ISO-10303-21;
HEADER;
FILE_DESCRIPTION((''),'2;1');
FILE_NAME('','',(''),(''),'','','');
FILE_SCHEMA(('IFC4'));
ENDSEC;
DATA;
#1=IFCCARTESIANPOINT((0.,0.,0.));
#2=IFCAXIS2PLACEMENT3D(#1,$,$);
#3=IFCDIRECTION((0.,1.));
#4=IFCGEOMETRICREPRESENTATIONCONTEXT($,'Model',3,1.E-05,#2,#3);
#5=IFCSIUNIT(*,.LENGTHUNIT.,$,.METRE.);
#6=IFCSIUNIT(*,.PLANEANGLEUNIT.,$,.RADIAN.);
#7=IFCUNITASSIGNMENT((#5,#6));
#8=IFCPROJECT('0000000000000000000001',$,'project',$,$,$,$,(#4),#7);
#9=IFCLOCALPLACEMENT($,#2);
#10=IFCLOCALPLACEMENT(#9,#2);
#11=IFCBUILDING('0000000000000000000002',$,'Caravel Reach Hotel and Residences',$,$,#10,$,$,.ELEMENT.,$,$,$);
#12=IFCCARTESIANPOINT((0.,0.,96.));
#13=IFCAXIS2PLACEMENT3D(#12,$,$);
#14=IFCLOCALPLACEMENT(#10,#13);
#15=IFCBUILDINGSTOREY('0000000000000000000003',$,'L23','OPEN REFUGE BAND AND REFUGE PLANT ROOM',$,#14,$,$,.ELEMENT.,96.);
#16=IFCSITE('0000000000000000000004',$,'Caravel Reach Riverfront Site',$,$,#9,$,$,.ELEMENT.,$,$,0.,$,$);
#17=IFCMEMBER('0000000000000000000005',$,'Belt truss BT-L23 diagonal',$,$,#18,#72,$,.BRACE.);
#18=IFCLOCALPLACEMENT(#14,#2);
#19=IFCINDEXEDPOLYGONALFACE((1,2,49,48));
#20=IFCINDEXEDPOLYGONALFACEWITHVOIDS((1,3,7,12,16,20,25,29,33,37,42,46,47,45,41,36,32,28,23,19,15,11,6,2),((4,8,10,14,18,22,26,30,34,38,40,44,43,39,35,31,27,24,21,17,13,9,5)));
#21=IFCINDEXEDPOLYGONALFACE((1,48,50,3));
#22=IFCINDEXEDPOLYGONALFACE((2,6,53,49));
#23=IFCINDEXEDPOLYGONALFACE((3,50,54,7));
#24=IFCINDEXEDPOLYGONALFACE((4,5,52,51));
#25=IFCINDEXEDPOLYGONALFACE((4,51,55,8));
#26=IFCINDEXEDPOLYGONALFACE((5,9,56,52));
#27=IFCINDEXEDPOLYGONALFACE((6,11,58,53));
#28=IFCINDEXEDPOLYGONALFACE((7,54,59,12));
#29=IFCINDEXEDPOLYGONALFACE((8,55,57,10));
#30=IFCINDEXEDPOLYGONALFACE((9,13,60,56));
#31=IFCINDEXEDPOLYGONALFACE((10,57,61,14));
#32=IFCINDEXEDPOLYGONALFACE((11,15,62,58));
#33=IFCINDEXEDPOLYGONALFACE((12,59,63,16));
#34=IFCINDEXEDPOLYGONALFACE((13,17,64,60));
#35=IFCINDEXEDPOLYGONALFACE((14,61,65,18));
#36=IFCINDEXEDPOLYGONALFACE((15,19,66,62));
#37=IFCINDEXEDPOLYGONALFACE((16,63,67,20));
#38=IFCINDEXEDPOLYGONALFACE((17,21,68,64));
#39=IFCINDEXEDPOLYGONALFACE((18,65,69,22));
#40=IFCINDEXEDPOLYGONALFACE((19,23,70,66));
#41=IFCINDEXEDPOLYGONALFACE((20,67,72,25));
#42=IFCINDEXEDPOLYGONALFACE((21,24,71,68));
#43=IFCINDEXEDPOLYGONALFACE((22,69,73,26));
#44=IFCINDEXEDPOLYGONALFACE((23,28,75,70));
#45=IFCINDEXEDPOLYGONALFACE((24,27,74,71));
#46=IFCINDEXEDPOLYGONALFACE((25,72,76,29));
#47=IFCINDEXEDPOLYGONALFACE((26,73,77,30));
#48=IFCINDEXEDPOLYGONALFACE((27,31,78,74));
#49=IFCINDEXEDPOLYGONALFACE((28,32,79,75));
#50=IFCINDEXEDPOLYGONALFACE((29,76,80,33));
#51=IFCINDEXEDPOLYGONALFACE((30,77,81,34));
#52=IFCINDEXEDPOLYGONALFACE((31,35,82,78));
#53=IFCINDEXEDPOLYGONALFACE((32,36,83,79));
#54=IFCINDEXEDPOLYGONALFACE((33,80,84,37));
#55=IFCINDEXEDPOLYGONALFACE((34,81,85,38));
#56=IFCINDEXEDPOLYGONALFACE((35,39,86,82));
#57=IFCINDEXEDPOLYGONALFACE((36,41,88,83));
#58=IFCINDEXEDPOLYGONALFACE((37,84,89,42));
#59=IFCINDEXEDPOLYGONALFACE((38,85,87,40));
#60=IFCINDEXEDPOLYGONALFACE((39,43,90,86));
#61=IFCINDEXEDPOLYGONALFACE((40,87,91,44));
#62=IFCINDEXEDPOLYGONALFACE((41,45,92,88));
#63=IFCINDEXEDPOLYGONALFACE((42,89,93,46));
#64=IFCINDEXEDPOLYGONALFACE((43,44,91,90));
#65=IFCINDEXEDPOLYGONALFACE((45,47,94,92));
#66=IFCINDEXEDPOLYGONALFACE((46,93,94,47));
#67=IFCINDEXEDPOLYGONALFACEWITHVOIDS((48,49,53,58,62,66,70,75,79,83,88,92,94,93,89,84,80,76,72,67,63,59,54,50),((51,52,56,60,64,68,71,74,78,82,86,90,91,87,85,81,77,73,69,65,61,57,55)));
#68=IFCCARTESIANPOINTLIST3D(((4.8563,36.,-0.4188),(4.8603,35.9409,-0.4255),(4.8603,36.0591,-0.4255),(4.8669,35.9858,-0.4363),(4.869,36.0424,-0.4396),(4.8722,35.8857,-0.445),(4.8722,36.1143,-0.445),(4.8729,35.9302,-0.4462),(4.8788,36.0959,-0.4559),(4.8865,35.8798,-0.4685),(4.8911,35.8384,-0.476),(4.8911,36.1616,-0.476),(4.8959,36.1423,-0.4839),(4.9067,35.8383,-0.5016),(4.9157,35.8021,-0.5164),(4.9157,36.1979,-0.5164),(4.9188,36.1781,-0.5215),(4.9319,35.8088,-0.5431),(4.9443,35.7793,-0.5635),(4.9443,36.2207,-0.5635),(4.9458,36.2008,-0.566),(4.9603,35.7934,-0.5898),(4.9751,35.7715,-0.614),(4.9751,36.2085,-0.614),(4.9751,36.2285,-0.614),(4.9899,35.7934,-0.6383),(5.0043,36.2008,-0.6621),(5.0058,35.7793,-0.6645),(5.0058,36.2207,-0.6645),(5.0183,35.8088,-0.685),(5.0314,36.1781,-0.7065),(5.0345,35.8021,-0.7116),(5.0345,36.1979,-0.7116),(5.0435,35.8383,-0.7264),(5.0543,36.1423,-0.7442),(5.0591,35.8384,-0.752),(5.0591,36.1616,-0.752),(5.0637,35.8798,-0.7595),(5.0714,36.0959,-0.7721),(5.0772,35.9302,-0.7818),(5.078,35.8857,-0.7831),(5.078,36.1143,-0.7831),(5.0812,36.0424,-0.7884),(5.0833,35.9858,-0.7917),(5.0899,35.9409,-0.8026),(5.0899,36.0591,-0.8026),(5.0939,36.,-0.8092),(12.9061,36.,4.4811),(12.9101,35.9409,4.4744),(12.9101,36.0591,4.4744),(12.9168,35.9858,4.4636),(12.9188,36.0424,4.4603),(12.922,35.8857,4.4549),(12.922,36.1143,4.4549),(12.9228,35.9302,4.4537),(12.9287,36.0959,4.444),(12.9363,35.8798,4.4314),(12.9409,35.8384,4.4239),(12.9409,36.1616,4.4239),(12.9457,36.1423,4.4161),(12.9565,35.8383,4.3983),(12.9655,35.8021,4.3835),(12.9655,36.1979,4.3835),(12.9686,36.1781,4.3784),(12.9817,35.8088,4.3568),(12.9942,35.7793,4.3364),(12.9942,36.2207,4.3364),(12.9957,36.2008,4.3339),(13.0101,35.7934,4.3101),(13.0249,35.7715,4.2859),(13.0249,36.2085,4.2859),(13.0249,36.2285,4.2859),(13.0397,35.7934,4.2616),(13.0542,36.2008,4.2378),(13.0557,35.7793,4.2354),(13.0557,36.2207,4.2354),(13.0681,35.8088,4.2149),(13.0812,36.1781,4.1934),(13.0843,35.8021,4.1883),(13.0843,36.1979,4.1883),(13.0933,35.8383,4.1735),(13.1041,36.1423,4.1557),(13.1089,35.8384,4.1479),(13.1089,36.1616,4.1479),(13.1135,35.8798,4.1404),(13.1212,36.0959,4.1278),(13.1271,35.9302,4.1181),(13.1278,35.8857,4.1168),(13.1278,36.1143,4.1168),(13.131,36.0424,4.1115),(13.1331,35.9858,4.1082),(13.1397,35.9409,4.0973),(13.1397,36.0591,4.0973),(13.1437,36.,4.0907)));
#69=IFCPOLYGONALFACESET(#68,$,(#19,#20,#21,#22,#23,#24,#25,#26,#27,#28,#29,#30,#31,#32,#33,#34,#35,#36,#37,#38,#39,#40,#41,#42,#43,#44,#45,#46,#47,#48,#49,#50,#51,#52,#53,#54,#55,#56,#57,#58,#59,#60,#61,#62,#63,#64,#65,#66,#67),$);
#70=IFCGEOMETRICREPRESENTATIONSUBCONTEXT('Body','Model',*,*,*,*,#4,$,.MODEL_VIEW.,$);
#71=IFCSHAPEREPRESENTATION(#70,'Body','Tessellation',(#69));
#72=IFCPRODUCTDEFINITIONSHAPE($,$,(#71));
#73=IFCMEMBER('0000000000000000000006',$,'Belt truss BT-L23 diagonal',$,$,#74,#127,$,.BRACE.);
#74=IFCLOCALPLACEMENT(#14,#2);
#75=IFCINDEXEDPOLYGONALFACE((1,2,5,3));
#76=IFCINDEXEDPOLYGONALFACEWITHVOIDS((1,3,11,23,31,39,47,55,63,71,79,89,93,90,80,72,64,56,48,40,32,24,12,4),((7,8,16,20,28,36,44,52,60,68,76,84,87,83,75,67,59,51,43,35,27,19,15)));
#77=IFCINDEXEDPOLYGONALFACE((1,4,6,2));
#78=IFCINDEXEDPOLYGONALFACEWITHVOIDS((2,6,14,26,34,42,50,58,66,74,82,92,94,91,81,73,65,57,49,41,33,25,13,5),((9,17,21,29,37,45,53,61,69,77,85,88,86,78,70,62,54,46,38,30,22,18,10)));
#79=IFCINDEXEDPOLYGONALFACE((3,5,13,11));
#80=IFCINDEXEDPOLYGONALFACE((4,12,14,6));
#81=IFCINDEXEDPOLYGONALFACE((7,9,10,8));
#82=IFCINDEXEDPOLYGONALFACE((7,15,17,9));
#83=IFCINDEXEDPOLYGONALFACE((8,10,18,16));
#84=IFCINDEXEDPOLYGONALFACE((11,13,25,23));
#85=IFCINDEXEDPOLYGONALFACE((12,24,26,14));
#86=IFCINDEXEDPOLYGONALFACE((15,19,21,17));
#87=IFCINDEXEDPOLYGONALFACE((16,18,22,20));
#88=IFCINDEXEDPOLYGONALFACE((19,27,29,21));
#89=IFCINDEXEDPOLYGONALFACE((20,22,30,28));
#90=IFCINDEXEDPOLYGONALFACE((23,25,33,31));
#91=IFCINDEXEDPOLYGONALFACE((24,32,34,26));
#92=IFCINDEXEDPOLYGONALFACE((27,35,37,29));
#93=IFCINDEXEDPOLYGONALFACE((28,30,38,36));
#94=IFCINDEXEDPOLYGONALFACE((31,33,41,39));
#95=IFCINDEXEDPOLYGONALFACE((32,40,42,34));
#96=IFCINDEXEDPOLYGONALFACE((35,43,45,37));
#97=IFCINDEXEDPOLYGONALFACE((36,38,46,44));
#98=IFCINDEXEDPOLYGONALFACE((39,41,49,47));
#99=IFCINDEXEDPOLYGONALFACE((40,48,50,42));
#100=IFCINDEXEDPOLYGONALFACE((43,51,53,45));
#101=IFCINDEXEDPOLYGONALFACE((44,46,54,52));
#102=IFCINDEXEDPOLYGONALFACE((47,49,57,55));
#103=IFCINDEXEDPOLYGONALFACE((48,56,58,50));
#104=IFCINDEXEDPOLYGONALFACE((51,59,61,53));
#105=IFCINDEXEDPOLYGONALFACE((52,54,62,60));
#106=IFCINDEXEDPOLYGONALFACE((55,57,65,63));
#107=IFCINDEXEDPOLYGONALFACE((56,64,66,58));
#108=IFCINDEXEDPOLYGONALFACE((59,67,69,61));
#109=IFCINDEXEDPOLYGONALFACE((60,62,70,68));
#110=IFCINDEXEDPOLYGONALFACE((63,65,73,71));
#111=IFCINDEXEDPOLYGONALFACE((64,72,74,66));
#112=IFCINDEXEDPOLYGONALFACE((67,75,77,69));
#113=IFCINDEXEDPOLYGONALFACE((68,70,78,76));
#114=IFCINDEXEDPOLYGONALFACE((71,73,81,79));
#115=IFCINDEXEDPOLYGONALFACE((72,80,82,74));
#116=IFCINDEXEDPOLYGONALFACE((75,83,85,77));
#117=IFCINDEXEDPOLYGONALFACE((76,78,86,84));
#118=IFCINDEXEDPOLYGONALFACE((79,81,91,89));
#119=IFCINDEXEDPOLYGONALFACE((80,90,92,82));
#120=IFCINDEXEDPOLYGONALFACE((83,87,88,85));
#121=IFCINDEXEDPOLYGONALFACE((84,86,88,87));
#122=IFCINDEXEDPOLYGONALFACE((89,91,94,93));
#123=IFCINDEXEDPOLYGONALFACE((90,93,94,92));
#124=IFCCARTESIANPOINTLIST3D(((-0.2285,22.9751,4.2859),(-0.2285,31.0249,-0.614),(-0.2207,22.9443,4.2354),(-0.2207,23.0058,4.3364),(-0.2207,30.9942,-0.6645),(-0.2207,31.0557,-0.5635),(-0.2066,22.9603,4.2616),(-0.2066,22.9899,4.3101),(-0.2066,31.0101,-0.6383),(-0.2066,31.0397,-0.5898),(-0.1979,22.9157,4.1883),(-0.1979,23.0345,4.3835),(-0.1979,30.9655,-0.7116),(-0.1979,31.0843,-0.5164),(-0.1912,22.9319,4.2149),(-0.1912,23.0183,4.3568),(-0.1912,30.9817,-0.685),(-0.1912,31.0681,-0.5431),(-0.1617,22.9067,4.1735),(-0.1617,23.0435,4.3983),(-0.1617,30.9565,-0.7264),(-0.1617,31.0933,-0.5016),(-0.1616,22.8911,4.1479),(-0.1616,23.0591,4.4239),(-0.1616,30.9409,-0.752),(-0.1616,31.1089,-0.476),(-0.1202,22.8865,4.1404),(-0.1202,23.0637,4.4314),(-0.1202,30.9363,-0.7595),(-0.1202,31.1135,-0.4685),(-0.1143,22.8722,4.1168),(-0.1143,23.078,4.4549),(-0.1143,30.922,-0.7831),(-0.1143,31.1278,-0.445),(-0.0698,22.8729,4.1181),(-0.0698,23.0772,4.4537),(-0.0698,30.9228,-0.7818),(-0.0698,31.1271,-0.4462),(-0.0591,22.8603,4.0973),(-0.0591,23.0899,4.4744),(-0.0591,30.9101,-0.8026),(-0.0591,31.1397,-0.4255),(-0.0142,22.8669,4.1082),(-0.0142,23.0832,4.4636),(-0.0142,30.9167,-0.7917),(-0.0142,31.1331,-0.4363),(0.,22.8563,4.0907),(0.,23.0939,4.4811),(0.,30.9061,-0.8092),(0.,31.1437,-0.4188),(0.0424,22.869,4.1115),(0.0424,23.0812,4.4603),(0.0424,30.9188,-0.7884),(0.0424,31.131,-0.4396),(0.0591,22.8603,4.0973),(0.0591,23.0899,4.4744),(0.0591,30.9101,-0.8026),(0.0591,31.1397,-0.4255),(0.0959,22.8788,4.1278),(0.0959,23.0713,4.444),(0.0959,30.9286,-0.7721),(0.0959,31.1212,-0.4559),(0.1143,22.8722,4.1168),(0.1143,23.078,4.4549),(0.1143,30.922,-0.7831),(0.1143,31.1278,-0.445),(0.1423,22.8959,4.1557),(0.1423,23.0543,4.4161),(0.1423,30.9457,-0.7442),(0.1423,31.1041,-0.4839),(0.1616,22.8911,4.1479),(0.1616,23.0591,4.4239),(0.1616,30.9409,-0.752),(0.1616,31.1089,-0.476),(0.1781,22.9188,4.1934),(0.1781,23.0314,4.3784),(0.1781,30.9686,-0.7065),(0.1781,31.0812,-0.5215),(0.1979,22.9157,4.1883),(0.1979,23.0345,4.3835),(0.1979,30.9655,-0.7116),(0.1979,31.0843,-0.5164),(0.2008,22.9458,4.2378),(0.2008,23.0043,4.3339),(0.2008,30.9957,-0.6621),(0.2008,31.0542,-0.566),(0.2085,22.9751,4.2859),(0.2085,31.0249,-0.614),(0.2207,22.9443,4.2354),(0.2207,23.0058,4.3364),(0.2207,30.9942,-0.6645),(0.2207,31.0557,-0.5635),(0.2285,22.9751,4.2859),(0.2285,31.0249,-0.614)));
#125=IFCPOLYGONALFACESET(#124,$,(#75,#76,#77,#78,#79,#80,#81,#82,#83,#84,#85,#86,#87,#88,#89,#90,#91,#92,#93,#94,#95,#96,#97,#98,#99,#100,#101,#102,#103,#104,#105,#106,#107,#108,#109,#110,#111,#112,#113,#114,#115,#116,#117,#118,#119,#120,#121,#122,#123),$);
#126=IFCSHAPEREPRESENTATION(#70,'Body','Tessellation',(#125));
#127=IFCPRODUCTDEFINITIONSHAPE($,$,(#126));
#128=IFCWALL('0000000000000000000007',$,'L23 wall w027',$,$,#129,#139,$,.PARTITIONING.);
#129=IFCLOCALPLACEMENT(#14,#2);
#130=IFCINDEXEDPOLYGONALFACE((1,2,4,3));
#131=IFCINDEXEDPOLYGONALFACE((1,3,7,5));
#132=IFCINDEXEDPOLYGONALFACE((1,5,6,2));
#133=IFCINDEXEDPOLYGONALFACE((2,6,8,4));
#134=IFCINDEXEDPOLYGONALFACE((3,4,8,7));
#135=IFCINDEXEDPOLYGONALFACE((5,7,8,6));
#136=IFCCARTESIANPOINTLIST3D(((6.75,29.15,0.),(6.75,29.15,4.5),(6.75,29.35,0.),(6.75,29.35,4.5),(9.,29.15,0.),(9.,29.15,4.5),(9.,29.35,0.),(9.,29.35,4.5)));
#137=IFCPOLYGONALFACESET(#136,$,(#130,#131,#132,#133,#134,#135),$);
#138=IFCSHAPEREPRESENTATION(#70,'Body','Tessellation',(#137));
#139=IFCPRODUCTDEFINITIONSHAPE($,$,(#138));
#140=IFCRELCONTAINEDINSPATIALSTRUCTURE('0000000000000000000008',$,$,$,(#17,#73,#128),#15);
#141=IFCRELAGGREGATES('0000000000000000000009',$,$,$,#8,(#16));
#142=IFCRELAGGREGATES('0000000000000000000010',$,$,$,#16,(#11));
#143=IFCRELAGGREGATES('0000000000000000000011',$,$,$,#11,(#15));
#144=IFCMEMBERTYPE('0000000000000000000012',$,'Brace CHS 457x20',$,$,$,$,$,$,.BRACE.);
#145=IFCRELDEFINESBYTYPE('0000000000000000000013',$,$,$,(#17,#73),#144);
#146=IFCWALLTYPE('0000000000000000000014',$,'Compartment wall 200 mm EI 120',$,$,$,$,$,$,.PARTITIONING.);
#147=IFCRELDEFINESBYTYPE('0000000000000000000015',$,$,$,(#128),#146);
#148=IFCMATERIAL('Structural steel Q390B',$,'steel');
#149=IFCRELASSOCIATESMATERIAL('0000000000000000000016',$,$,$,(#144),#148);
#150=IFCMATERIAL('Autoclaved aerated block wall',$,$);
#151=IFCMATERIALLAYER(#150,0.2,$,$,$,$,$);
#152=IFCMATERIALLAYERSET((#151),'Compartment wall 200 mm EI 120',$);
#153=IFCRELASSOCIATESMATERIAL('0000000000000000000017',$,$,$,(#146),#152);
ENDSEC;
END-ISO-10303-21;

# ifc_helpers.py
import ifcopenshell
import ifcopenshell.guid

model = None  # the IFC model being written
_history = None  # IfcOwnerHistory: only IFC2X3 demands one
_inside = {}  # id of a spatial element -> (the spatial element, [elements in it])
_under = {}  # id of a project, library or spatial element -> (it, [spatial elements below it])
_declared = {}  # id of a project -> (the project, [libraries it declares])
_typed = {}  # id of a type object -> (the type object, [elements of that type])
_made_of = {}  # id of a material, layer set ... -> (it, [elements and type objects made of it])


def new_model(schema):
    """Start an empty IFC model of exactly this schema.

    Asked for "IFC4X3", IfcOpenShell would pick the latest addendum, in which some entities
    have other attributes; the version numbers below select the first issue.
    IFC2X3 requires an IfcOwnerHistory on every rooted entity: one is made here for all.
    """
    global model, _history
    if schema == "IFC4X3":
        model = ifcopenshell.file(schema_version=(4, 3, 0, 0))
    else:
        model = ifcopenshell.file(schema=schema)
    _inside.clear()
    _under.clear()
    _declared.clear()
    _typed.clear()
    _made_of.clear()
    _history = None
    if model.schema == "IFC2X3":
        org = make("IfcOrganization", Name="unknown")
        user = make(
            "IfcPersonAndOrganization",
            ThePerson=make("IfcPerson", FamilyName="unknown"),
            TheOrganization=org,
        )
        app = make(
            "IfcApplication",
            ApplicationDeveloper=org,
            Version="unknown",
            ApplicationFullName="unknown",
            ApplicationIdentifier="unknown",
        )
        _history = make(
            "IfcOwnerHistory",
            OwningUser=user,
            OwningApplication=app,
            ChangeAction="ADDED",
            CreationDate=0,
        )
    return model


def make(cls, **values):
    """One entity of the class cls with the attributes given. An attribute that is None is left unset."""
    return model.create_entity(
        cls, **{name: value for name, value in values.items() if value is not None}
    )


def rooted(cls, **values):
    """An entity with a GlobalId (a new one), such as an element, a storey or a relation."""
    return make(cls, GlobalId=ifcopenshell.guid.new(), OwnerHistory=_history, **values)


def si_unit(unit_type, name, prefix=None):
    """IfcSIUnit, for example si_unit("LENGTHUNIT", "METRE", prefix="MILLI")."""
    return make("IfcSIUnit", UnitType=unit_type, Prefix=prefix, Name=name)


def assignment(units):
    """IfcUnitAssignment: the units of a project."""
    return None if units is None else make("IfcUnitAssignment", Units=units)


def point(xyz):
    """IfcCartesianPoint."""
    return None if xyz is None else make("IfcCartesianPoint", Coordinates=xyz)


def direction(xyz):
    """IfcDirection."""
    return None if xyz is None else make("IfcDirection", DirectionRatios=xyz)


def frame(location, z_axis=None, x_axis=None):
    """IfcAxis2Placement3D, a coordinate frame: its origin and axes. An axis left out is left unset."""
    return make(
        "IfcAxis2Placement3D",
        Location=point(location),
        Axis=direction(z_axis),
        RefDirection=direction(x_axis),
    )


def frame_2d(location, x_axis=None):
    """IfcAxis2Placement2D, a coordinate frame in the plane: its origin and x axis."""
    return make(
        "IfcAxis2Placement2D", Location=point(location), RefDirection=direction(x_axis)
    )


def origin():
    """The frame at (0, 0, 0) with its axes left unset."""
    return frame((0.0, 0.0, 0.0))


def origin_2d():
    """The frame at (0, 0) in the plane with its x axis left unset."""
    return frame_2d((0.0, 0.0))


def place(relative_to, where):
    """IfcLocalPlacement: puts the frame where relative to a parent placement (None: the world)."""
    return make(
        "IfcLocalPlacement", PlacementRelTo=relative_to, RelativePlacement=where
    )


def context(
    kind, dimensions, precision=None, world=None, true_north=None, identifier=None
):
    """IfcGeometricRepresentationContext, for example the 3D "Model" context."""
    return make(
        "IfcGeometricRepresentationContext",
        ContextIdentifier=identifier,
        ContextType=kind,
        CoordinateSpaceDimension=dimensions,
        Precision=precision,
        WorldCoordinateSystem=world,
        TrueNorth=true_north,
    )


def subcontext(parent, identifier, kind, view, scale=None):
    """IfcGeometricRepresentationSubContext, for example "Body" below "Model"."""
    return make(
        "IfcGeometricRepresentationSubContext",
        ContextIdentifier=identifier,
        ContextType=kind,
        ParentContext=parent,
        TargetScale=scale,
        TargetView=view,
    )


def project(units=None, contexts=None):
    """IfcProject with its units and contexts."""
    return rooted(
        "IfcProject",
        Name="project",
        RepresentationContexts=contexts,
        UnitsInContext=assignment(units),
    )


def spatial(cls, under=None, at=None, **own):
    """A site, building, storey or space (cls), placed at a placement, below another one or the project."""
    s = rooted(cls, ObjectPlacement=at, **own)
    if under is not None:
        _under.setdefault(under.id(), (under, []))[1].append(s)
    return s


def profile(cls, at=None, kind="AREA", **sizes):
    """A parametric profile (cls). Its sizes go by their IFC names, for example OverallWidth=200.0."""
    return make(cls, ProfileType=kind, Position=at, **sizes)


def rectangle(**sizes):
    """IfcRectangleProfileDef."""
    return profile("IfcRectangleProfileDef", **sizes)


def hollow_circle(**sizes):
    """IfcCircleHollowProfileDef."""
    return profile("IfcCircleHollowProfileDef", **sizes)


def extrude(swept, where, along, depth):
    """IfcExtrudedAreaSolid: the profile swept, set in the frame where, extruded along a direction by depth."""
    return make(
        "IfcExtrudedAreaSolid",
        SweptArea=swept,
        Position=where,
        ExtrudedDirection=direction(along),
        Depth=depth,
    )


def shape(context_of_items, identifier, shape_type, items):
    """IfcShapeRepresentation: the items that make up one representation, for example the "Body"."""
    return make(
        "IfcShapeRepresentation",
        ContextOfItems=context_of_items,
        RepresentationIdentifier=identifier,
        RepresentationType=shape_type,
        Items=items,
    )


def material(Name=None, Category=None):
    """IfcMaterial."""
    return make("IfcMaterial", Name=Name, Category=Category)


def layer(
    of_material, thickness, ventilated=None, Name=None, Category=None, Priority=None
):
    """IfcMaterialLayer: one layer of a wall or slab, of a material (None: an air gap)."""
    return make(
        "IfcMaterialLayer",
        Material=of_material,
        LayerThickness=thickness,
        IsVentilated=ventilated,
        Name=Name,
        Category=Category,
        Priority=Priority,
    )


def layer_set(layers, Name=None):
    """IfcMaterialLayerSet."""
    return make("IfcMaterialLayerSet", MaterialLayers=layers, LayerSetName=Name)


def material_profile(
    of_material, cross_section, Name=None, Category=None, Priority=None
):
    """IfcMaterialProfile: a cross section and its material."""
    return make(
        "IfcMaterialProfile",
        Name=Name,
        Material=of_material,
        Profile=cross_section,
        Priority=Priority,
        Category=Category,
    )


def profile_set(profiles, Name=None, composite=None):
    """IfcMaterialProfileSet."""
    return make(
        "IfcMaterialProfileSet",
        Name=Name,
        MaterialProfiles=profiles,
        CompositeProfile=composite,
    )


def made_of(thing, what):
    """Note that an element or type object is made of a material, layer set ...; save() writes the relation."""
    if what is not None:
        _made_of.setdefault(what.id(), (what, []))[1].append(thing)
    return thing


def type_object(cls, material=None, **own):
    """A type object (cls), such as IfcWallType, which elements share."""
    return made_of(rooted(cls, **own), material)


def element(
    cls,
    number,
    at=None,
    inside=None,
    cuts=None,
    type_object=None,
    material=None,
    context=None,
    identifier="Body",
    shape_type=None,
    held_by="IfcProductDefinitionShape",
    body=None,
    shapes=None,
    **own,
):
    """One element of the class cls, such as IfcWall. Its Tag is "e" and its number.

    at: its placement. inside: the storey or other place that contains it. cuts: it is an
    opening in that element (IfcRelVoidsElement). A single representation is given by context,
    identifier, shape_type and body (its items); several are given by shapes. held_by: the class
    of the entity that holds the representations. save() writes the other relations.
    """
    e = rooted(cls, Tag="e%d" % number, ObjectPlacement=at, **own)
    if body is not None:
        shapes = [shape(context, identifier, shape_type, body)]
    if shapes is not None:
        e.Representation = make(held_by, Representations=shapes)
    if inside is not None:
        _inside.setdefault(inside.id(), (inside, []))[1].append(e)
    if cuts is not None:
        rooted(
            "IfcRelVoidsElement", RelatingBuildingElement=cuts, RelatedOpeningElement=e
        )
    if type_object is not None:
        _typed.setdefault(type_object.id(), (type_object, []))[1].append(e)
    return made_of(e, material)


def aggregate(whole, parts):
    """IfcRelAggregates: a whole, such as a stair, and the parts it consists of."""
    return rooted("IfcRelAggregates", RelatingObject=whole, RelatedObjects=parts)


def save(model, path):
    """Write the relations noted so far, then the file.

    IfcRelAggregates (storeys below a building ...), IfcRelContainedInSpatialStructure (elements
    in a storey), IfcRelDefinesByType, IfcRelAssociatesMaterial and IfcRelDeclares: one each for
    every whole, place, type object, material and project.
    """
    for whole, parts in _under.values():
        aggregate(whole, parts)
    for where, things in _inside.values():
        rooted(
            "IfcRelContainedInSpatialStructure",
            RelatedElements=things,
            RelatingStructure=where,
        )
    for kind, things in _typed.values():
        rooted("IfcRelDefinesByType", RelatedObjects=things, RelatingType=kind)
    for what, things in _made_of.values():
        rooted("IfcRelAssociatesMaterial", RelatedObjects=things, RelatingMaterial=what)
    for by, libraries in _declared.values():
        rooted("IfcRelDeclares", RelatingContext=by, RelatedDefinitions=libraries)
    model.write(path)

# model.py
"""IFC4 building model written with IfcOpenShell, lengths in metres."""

from ifc_helpers import new_model, si_unit, direction, frame, frame_2d, origin, origin_2d, place, context, subcontext, project, spatial, rectangle, hollow_circle, extrude, material, layer, layer_set, material_profile, profile_set, type_object, element, save


model = new_model("IFC4")

# Units and contexts
model_context = context("Model", 3, precision=1e-05, world=origin(), true_north=direction((0.0, 1.0)))
body_context = subcontext(model_context, "Body", "Model", "MODEL_VIEW")
ifc_project = project(units=[si_unit("LENGTHUNIT", "METRE"), si_unit("PLANEANGLEUNIT", "RADIAN")], contexts=[model_context])

# Site, building, storey
site_placement = place(None, origin())
site = spatial("IfcSite", under=ifc_project, at=site_placement, Name="Caravel Reach Riverfront Site", CompositionType="ELEMENT", RefElevation=0.0)
building_placement = place(site_placement, origin())
building = spatial("IfcBuilding", under=site, at=building_placement, Name="Caravel Reach Hotel and Residences", CompositionType="ELEMENT")
storey_placement = place(building_placement, frame((0.0, 0.0, 96.0)))
storey = spatial("IfcBuildingStorey", under=building, at=storey_placement, Name="L23", Description="OPEN REFUGE BAND AND REFUGE PLANT ROOM", CompositionType="ELEMENT", Elevation=96.0)

# Members
ifc_material_1 = material(Name="Structural steel Q390B", Category="steel")
ifc_material_profile_1 = material_profile(ifc_material_1, hollow_circle(Radius=0.2285, WallThickness=0.02, at=origin_2d()), Name="CHS 457x20")
ifc_profile_set_1 = profile_set([ifc_material_profile_1], Name="Structural steel Q390B")
member_type = type_object("IfcMemberType", Name="Brace CHS 457x20", PredefinedType="BRACE", material=ifc_profile_set_1)
for number, where, z_axis, x_axis, name in (
    (1, (4.9751, 36.0, -0.614), (0.854198, 0.0, 0.519949), (0.0, 1.0, 0.0), "Belt truss BT-L23 diagonal"),
    (2, (0.0, 31.0249, -0.614), (0.0, -0.854198, 0.519949), (1.0, 0.0, 0.0), "Belt truss BT-L23 diagonal"),
):
    element("IfcMember", number, at=place(storey_placement, frame(where, z_axis=z_axis, x_axis=x_axis)), inside=storey, type_object=member_type, Name=name, PredefinedType="BRACE", context=body_context, shape_type="SweptSolid", body=[
        extrude(hollow_circle(Radius=0.2285, WallThickness=0.02, at=origin_2d()), origin(), (0.0, 0.0, 1.0), 9.4238),
    ])

# Wall
ifc_material_2 = material(Name="Autoclaved aerated block wall")
ifc_layer = layer(ifc_material_2, 0.2)
ifc_layer_set = layer_set([ifc_layer], Name="Compartment wall 200 mm EI 120")
wall_type = type_object("IfcWallType", Name="Compartment wall 200 mm EI 120", PredefinedType="PARTITIONING", material=ifc_layer_set)
wall_placement = place(storey_placement, frame((6.75, 29.25, 0.0), z_axis=(0.0, 0.0, 1.0), x_axis=(1.0, 0.0, 0.0)))
element("IfcWall", 3, at=wall_placement, inside=storey, type_object=wall_type, Name="L23 wall w027", PredefinedType="PARTITIONING", context=body_context, shape_type="SweptSolid", body=[
    extrude(rectangle(XDim=2.25, YDim=0.2, at=frame_2d((1.125, 0.0))), origin(), (0.0, 0.0, 1.0), 4.5),
])

save(model, "model.ifc")
